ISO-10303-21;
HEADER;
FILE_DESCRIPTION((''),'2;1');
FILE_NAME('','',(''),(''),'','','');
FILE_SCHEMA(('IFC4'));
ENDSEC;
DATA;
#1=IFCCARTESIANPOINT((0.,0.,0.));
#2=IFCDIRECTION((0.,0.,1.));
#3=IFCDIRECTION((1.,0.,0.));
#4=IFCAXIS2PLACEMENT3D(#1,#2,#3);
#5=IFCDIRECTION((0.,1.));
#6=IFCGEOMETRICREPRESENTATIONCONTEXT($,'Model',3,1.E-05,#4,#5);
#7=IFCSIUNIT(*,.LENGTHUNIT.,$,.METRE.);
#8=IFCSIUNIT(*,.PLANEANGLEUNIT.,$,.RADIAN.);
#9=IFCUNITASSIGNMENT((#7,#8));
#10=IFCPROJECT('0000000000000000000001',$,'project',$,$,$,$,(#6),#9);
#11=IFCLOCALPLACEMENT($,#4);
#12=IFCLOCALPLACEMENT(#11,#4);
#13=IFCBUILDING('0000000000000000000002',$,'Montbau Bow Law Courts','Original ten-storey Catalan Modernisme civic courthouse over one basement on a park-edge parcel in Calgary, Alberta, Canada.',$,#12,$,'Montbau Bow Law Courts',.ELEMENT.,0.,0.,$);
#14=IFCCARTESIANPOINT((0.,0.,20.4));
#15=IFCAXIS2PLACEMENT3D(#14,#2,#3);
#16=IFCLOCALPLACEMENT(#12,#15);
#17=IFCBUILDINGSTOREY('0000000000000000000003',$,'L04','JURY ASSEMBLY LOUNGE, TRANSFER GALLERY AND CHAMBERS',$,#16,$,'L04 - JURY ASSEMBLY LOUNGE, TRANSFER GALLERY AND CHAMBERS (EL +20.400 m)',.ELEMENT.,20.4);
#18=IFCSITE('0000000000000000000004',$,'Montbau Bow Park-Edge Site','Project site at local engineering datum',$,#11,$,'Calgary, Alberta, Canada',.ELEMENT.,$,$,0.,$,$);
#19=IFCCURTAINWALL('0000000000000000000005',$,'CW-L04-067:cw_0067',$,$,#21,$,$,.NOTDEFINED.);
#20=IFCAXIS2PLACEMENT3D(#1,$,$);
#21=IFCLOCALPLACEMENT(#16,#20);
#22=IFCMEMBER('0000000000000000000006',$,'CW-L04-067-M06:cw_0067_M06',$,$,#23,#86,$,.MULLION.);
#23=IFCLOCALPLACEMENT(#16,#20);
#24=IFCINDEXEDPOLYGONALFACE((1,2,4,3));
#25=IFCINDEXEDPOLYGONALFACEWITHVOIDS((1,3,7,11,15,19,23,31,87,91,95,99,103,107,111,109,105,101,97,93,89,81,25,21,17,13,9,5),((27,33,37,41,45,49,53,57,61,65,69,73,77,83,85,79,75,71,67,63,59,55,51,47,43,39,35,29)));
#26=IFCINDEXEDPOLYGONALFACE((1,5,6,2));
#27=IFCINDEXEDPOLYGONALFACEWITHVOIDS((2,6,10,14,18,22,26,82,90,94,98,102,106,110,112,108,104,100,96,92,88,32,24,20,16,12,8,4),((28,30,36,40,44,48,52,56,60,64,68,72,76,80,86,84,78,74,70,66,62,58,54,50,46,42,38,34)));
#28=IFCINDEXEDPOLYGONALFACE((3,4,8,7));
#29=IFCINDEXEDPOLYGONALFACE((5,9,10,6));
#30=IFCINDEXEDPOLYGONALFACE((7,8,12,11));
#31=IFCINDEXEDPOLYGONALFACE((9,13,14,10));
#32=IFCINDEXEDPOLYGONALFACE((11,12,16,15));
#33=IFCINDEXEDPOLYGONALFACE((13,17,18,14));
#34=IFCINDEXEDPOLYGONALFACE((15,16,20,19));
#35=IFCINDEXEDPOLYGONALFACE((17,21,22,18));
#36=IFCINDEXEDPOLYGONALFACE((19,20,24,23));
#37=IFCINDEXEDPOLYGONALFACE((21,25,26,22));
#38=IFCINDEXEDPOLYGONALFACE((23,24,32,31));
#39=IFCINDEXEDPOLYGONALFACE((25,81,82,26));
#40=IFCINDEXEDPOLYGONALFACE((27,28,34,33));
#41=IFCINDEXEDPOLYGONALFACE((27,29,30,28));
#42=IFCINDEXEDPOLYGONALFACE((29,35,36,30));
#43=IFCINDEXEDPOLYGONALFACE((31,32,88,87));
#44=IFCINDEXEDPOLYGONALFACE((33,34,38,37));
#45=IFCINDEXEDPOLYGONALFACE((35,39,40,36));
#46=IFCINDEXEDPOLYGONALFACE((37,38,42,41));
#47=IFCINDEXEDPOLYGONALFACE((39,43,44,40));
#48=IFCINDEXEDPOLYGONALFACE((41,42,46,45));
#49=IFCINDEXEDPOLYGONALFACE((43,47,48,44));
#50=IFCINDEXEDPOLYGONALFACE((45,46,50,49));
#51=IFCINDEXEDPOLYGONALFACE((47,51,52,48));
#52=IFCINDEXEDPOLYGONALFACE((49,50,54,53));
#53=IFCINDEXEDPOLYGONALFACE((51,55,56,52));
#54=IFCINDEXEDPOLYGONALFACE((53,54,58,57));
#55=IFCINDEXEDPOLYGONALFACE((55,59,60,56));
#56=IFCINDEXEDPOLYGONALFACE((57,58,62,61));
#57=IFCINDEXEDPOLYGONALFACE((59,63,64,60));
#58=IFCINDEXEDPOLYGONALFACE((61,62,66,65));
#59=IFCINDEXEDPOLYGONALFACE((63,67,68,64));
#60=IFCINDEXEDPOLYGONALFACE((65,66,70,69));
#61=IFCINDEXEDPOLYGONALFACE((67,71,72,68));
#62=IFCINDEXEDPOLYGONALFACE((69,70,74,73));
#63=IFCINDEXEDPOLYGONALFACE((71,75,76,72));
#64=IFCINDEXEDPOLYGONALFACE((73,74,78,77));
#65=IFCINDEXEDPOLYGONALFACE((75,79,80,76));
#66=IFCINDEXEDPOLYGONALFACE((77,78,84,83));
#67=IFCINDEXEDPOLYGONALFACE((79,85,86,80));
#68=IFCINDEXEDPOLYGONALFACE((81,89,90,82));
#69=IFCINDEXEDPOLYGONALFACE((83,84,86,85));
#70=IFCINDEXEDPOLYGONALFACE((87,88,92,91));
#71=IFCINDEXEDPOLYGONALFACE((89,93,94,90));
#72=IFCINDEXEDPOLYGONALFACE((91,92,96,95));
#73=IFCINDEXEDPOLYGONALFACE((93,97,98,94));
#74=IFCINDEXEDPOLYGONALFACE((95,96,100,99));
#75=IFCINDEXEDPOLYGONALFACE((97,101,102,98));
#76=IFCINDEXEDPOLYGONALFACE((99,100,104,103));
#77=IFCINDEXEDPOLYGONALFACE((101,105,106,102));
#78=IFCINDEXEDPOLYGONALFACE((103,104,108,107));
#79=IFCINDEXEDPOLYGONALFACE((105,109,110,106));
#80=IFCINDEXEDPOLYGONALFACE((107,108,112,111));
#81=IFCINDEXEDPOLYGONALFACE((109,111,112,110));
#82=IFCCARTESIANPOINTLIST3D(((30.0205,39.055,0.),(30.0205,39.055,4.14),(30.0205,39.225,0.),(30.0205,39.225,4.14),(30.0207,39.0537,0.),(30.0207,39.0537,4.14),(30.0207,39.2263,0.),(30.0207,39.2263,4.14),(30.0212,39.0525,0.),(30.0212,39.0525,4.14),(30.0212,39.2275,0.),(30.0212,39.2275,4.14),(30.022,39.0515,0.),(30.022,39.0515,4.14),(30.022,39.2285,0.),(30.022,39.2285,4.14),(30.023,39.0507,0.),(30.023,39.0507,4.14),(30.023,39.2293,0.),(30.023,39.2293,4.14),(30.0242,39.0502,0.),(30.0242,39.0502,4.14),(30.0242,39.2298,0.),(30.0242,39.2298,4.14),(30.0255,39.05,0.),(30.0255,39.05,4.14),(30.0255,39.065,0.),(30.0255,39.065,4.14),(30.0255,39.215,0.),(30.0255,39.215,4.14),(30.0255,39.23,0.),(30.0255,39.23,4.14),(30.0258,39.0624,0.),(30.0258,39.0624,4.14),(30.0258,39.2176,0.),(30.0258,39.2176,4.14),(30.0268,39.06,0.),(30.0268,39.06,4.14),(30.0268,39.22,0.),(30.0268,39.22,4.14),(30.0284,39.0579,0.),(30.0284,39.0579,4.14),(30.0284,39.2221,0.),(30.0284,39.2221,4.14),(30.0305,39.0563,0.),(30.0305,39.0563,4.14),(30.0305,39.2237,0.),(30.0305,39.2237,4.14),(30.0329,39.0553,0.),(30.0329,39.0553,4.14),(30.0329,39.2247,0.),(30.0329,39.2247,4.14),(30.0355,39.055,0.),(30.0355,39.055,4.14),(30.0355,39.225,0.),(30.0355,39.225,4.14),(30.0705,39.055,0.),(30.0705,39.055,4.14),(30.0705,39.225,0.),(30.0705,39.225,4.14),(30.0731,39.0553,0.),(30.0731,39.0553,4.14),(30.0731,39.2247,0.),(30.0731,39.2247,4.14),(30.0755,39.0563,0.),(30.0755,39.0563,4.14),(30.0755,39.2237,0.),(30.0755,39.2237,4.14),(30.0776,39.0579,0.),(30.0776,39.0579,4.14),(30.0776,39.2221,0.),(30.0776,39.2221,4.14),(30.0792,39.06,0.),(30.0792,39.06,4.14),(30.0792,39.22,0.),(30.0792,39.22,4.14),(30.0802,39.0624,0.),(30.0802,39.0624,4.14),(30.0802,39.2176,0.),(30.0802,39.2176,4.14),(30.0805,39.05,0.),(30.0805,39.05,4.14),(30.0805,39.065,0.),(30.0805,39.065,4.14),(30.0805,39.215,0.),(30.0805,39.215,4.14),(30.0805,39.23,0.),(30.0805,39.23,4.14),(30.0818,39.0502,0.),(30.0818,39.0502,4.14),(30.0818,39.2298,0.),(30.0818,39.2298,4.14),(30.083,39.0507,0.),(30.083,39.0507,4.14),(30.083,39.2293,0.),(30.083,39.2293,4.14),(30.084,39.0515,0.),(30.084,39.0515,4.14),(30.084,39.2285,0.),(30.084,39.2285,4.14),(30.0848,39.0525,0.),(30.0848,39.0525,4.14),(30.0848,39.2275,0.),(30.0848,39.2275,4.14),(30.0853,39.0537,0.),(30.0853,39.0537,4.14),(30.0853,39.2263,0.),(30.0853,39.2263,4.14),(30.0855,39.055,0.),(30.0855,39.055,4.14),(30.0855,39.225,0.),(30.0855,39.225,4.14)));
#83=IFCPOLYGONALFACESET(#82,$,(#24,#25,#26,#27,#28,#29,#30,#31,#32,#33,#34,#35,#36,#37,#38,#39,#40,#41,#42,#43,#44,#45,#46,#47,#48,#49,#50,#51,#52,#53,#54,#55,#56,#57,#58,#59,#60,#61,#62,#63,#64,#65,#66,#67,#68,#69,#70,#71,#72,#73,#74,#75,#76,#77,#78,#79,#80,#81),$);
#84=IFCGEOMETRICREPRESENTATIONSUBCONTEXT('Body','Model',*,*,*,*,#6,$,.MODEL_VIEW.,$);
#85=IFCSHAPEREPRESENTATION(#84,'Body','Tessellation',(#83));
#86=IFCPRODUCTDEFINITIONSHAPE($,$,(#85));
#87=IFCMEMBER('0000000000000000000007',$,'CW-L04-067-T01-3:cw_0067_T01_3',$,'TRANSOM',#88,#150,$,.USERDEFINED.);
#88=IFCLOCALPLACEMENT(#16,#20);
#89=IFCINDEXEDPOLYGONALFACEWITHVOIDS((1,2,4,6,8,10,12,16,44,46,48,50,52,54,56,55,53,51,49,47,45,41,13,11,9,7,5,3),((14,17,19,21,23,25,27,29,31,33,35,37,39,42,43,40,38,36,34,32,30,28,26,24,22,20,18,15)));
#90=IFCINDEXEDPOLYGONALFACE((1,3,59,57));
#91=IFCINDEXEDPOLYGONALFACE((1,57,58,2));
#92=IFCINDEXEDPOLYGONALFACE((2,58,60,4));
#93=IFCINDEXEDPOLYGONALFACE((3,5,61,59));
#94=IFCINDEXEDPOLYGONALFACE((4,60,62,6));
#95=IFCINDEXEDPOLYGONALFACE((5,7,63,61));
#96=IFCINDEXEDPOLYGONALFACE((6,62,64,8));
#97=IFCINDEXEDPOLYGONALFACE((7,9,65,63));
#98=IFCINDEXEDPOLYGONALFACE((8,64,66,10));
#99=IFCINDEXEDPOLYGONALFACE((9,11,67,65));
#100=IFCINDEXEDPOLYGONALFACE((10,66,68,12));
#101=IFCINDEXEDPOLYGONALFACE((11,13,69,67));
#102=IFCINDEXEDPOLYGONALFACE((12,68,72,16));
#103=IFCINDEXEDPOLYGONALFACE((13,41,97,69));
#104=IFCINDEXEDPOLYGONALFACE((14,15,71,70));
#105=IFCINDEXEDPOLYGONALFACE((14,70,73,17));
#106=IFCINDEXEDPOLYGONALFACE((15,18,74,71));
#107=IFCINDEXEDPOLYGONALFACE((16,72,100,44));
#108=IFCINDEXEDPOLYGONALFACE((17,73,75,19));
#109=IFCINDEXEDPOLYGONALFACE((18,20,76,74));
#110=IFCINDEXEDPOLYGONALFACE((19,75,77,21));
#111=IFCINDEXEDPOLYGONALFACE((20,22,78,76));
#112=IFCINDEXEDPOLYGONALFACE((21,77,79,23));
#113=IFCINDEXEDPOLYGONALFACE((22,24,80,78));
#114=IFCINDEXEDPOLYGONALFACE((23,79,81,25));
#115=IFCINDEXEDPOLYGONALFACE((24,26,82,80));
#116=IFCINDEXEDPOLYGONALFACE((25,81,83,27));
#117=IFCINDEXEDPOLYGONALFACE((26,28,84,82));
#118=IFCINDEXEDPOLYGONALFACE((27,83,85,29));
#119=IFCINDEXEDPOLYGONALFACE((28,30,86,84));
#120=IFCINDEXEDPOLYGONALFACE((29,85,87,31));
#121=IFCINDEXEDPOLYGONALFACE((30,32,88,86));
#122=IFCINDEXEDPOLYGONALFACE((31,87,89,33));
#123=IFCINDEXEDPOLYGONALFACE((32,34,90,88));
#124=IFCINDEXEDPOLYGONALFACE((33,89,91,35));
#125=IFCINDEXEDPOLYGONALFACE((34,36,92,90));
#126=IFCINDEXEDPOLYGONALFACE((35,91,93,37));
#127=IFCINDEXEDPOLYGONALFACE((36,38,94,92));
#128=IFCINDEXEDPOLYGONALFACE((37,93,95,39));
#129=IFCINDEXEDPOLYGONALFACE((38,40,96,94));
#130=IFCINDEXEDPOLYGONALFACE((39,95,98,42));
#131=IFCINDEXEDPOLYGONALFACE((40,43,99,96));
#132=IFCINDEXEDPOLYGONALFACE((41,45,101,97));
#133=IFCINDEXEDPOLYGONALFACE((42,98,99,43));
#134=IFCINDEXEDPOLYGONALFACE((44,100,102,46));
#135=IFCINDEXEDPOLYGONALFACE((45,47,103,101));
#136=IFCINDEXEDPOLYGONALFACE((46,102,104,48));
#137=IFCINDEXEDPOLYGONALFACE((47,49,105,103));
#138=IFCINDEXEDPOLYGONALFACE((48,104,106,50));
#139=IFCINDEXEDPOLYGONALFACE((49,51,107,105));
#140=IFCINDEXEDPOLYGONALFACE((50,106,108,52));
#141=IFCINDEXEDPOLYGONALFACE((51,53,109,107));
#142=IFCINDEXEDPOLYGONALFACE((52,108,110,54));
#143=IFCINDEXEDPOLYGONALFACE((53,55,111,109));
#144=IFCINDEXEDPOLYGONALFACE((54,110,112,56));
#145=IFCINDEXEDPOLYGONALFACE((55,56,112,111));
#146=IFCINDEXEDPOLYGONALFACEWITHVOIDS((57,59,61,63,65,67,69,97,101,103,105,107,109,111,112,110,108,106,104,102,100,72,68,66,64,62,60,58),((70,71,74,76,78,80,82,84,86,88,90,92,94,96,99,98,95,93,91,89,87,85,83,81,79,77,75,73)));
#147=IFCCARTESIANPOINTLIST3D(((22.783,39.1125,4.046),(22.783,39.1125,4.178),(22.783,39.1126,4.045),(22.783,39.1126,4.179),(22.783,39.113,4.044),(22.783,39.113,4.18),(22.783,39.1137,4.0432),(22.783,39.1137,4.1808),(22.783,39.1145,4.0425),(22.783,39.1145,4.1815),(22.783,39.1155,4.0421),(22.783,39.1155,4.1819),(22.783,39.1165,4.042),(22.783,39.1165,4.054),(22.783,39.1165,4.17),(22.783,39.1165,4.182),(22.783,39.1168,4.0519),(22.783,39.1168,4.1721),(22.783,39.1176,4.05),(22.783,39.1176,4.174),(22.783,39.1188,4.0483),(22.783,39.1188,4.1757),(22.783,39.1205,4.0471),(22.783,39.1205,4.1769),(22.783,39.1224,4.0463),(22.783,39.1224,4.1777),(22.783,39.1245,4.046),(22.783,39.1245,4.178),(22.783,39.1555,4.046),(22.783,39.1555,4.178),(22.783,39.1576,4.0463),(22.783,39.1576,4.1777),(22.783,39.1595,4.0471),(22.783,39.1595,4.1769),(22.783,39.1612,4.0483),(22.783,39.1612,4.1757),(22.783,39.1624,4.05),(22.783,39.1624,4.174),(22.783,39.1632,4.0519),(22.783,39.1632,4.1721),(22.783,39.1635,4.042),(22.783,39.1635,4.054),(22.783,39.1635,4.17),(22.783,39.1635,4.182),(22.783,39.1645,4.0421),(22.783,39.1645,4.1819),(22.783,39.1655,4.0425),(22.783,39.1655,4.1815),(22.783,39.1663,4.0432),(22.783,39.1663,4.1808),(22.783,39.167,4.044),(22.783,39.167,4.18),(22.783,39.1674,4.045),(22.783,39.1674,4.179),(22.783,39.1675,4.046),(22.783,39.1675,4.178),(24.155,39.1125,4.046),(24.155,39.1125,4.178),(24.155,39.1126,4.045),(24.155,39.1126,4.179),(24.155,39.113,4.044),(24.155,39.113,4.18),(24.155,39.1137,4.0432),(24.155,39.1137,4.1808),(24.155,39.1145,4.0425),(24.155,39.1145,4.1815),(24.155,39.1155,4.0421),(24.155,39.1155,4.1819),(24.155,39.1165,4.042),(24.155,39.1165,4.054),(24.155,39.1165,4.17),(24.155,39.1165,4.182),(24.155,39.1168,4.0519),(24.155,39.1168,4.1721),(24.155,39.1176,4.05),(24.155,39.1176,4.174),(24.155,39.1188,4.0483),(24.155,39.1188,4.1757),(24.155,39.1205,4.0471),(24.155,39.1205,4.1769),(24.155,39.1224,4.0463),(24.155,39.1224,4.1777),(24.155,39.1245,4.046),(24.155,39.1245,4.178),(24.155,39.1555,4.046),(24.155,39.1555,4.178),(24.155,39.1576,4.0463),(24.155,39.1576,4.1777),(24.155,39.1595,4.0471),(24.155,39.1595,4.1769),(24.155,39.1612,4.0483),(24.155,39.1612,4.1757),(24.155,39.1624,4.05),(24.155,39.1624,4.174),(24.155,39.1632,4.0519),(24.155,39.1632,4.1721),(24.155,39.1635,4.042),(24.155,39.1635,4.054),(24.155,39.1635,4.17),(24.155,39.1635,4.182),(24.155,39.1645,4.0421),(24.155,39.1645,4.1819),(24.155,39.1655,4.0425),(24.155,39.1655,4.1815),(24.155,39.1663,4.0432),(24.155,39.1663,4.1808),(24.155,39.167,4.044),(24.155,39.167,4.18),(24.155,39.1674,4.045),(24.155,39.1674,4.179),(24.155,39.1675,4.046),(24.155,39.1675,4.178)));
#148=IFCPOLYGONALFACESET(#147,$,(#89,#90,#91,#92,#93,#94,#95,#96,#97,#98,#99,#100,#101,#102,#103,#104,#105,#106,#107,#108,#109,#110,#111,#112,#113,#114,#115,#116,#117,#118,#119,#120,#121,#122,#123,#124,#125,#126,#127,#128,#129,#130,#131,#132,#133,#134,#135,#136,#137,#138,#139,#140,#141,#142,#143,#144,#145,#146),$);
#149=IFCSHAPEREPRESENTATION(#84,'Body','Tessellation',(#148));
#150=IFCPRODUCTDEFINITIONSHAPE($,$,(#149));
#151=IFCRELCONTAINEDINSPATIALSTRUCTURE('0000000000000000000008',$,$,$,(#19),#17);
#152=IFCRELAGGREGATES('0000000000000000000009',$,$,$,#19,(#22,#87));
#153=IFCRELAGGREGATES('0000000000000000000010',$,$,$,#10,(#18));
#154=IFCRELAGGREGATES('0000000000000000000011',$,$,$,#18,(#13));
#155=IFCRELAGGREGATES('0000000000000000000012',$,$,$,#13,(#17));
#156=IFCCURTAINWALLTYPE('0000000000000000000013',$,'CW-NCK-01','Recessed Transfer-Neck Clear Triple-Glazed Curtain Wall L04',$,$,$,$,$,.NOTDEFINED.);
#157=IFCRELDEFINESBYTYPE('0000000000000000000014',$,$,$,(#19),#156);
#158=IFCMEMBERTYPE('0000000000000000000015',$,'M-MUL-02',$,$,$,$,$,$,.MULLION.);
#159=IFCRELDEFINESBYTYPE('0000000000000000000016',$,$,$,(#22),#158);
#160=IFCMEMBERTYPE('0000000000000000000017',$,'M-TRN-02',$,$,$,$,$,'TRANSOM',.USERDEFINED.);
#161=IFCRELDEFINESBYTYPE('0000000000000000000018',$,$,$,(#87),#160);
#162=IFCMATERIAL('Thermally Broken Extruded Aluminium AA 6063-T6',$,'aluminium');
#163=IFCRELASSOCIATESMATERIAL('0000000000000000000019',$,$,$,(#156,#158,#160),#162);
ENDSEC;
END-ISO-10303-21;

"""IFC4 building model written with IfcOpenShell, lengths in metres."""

from ifc_helpers import new_model, si_unit, direction, frame, origin_with_axes, origin_2d_with_axis, place, context, subcontext, project, spatial, hollow_rectangle, extrude, material, material_profile, profile_set, type_object, element, aggregate, save


model = new_model("IFC4")

# Units and contexts
model_context = context("Model", 3, precision=1e-05, world=origin_with_axes(), true_north=direction((0.0, 1.0)))
body_context = subcontext(model_context, "Body", "Model", "MODEL_VIEW")
ifc_project = project(units=[si_unit("LENGTHUNIT", "METRE"), si_unit("PLANEANGLEUNIT", "RADIAN")], contexts=[model_context])

# Site, building, storey
site_placement = place(None, origin_with_axes())
site = spatial("IfcSite", under=ifc_project, at=site_placement, Name="Montbau Bow Park-Edge Site", Description="Project site at local engineering datum", LongName="Calgary, Alberta, Canada", CompositionType="ELEMENT", RefElevation=0.0)
building_placement = place(site_placement, origin_with_axes())
building = spatial("IfcBuilding", under=site, at=building_placement, Name="Montbau Bow Law Courts", Description="Original ten-storey Catalan Modernisme civic courthouse over one basement on a park-edge parcel in Calgary, Alberta, Canada.", LongName="Montbau Bow Law Courts", CompositionType="ELEMENT", ElevationOfRefHeight=0.0, ElevationOfTerrain=0.0)
storey_placement = place(building_placement, frame((0.0, 0.0, 20.4), z_axis=(0.0, 0.0, 1.0), x_axis=(1.0, 0.0, 0.0)))
storey = spatial("IfcBuildingStorey", under=building, at=storey_placement, Name="L04", Description="JURY ASSEMBLY LOUNGE, TRANSFER GALLERY AND CHAMBERS", LongName="L04 - JURY ASSEMBLY LOUNGE, TRANSFER GALLERY AND CHAMBERS (EL +20.400 m)", CompositionType="ELEMENT", Elevation=20.4)

# Curtain wall, members
ifc_material_1 = material(Name="Thermally Broken Extruded Aluminium AA 6063-T6", Category="aluminium")
curtain_wall_type = type_object("IfcCurtainWallType", Name="CW-NCK-01", Description="Recessed Transfer-Neck Clear Triple-Glazed Curtain Wall L04", PredefinedType="NOTDEFINED", material=ifc_material_1)
curtain_wall_placement = place(None, frame((22.715, 39.14, 20.4), z_axis=(0.0, 0.0, 1.0), x_axis=(1.0, 0.0, 0.0)))
curtain_wall = element("IfcCurtainWall", 1, at=curtain_wall_placement, inside=storey, type_object=curtain_wall_type, Name="CW-L04-067:cw_0067", PredefinedType="NOTDEFINED")
ifc_material_profile_1 = material_profile(ifc_material_1, hollow_rectangle(XDim=0.065, YDim=0.18, WallThickness=0.005, InnerFilletRadius=0.01, OuterFilletRadius=0.005, at=origin_2d_with_axis()), Name="CWM-180X65", Category="Main", Priority=0)
ifc_profile_set_1 = profile_set([ifc_material_profile_1], Name="Thermally Broken Extruded Aluminium AA 6063-T6")
member_type_1 = type_object("IfcMemberType", Name="M-MUL-02", PredefinedType="MULLION", material=ifc_profile_set_1)
member_1_placement = place(None, frame((30.053, 39.14, 20.4), z_axis=(0.0, 0.0, 1.0), x_axis=(1.0, 0.0, 0.0)))
member_1 = element("IfcMember", 2, at=member_1_placement, type_object=member_type_1, Name="CW-L04-067-M06:cw_0067_M06", PredefinedType="MULLION", context=body_context, shape_type="SweptSolid", body=[
    extrude(hollow_rectangle(XDim=0.065, YDim=0.18, WallThickness=0.005, InnerFilletRadius=0.01, OuterFilletRadius=0.005, at=origin_2d_with_axis()), origin_with_axes(), (0.0, 0.0, 1.0), 4.14),
])
ifc_material_profile_2 = material_profile(ifc_material_1, hollow_rectangle(XDim=0.055, YDim=0.14, WallThickness=0.004, InnerFilletRadius=0.008, OuterFilletRadius=0.004, at=origin_2d_with_axis()), Name="CWT-140X55", Category="Main", Priority=0)
ifc_profile_set_2 = profile_set([ifc_material_profile_2], Name="Thermally Broken Extruded Aluminium AA 6063-T6")
member_type_2 = type_object("IfcMemberType", Name="M-TRN-02", ElementType="TRANSOM", PredefinedType="USERDEFINED", material=ifc_profile_set_2)
member_2_placement = place(None, frame((22.783, 39.14, 24.512), z_axis=(1.0, 0.0, 0.0), x_axis=(0.0, 1.0, 0.0)))
member_2 = element("IfcMember", 3, at=member_2_placement, type_object=member_type_2, Name="CW-L04-067-T01-3:cw_0067_T01_3", ObjectType="TRANSOM", PredefinedType="USERDEFINED", context=body_context, shape_type="SweptSolid", body=[
    extrude(hollow_rectangle(XDim=0.055, YDim=0.14, WallThickness=0.004, InnerFilletRadius=0.008, OuterFilletRadius=0.004, at=origin_2d_with_axis()), origin_with_axes(), (0.0, 0.0, 1.0), 1.372),
])
aggregate(curtain_wall, [member_1, member_2])

save(model, "model.ifc")
